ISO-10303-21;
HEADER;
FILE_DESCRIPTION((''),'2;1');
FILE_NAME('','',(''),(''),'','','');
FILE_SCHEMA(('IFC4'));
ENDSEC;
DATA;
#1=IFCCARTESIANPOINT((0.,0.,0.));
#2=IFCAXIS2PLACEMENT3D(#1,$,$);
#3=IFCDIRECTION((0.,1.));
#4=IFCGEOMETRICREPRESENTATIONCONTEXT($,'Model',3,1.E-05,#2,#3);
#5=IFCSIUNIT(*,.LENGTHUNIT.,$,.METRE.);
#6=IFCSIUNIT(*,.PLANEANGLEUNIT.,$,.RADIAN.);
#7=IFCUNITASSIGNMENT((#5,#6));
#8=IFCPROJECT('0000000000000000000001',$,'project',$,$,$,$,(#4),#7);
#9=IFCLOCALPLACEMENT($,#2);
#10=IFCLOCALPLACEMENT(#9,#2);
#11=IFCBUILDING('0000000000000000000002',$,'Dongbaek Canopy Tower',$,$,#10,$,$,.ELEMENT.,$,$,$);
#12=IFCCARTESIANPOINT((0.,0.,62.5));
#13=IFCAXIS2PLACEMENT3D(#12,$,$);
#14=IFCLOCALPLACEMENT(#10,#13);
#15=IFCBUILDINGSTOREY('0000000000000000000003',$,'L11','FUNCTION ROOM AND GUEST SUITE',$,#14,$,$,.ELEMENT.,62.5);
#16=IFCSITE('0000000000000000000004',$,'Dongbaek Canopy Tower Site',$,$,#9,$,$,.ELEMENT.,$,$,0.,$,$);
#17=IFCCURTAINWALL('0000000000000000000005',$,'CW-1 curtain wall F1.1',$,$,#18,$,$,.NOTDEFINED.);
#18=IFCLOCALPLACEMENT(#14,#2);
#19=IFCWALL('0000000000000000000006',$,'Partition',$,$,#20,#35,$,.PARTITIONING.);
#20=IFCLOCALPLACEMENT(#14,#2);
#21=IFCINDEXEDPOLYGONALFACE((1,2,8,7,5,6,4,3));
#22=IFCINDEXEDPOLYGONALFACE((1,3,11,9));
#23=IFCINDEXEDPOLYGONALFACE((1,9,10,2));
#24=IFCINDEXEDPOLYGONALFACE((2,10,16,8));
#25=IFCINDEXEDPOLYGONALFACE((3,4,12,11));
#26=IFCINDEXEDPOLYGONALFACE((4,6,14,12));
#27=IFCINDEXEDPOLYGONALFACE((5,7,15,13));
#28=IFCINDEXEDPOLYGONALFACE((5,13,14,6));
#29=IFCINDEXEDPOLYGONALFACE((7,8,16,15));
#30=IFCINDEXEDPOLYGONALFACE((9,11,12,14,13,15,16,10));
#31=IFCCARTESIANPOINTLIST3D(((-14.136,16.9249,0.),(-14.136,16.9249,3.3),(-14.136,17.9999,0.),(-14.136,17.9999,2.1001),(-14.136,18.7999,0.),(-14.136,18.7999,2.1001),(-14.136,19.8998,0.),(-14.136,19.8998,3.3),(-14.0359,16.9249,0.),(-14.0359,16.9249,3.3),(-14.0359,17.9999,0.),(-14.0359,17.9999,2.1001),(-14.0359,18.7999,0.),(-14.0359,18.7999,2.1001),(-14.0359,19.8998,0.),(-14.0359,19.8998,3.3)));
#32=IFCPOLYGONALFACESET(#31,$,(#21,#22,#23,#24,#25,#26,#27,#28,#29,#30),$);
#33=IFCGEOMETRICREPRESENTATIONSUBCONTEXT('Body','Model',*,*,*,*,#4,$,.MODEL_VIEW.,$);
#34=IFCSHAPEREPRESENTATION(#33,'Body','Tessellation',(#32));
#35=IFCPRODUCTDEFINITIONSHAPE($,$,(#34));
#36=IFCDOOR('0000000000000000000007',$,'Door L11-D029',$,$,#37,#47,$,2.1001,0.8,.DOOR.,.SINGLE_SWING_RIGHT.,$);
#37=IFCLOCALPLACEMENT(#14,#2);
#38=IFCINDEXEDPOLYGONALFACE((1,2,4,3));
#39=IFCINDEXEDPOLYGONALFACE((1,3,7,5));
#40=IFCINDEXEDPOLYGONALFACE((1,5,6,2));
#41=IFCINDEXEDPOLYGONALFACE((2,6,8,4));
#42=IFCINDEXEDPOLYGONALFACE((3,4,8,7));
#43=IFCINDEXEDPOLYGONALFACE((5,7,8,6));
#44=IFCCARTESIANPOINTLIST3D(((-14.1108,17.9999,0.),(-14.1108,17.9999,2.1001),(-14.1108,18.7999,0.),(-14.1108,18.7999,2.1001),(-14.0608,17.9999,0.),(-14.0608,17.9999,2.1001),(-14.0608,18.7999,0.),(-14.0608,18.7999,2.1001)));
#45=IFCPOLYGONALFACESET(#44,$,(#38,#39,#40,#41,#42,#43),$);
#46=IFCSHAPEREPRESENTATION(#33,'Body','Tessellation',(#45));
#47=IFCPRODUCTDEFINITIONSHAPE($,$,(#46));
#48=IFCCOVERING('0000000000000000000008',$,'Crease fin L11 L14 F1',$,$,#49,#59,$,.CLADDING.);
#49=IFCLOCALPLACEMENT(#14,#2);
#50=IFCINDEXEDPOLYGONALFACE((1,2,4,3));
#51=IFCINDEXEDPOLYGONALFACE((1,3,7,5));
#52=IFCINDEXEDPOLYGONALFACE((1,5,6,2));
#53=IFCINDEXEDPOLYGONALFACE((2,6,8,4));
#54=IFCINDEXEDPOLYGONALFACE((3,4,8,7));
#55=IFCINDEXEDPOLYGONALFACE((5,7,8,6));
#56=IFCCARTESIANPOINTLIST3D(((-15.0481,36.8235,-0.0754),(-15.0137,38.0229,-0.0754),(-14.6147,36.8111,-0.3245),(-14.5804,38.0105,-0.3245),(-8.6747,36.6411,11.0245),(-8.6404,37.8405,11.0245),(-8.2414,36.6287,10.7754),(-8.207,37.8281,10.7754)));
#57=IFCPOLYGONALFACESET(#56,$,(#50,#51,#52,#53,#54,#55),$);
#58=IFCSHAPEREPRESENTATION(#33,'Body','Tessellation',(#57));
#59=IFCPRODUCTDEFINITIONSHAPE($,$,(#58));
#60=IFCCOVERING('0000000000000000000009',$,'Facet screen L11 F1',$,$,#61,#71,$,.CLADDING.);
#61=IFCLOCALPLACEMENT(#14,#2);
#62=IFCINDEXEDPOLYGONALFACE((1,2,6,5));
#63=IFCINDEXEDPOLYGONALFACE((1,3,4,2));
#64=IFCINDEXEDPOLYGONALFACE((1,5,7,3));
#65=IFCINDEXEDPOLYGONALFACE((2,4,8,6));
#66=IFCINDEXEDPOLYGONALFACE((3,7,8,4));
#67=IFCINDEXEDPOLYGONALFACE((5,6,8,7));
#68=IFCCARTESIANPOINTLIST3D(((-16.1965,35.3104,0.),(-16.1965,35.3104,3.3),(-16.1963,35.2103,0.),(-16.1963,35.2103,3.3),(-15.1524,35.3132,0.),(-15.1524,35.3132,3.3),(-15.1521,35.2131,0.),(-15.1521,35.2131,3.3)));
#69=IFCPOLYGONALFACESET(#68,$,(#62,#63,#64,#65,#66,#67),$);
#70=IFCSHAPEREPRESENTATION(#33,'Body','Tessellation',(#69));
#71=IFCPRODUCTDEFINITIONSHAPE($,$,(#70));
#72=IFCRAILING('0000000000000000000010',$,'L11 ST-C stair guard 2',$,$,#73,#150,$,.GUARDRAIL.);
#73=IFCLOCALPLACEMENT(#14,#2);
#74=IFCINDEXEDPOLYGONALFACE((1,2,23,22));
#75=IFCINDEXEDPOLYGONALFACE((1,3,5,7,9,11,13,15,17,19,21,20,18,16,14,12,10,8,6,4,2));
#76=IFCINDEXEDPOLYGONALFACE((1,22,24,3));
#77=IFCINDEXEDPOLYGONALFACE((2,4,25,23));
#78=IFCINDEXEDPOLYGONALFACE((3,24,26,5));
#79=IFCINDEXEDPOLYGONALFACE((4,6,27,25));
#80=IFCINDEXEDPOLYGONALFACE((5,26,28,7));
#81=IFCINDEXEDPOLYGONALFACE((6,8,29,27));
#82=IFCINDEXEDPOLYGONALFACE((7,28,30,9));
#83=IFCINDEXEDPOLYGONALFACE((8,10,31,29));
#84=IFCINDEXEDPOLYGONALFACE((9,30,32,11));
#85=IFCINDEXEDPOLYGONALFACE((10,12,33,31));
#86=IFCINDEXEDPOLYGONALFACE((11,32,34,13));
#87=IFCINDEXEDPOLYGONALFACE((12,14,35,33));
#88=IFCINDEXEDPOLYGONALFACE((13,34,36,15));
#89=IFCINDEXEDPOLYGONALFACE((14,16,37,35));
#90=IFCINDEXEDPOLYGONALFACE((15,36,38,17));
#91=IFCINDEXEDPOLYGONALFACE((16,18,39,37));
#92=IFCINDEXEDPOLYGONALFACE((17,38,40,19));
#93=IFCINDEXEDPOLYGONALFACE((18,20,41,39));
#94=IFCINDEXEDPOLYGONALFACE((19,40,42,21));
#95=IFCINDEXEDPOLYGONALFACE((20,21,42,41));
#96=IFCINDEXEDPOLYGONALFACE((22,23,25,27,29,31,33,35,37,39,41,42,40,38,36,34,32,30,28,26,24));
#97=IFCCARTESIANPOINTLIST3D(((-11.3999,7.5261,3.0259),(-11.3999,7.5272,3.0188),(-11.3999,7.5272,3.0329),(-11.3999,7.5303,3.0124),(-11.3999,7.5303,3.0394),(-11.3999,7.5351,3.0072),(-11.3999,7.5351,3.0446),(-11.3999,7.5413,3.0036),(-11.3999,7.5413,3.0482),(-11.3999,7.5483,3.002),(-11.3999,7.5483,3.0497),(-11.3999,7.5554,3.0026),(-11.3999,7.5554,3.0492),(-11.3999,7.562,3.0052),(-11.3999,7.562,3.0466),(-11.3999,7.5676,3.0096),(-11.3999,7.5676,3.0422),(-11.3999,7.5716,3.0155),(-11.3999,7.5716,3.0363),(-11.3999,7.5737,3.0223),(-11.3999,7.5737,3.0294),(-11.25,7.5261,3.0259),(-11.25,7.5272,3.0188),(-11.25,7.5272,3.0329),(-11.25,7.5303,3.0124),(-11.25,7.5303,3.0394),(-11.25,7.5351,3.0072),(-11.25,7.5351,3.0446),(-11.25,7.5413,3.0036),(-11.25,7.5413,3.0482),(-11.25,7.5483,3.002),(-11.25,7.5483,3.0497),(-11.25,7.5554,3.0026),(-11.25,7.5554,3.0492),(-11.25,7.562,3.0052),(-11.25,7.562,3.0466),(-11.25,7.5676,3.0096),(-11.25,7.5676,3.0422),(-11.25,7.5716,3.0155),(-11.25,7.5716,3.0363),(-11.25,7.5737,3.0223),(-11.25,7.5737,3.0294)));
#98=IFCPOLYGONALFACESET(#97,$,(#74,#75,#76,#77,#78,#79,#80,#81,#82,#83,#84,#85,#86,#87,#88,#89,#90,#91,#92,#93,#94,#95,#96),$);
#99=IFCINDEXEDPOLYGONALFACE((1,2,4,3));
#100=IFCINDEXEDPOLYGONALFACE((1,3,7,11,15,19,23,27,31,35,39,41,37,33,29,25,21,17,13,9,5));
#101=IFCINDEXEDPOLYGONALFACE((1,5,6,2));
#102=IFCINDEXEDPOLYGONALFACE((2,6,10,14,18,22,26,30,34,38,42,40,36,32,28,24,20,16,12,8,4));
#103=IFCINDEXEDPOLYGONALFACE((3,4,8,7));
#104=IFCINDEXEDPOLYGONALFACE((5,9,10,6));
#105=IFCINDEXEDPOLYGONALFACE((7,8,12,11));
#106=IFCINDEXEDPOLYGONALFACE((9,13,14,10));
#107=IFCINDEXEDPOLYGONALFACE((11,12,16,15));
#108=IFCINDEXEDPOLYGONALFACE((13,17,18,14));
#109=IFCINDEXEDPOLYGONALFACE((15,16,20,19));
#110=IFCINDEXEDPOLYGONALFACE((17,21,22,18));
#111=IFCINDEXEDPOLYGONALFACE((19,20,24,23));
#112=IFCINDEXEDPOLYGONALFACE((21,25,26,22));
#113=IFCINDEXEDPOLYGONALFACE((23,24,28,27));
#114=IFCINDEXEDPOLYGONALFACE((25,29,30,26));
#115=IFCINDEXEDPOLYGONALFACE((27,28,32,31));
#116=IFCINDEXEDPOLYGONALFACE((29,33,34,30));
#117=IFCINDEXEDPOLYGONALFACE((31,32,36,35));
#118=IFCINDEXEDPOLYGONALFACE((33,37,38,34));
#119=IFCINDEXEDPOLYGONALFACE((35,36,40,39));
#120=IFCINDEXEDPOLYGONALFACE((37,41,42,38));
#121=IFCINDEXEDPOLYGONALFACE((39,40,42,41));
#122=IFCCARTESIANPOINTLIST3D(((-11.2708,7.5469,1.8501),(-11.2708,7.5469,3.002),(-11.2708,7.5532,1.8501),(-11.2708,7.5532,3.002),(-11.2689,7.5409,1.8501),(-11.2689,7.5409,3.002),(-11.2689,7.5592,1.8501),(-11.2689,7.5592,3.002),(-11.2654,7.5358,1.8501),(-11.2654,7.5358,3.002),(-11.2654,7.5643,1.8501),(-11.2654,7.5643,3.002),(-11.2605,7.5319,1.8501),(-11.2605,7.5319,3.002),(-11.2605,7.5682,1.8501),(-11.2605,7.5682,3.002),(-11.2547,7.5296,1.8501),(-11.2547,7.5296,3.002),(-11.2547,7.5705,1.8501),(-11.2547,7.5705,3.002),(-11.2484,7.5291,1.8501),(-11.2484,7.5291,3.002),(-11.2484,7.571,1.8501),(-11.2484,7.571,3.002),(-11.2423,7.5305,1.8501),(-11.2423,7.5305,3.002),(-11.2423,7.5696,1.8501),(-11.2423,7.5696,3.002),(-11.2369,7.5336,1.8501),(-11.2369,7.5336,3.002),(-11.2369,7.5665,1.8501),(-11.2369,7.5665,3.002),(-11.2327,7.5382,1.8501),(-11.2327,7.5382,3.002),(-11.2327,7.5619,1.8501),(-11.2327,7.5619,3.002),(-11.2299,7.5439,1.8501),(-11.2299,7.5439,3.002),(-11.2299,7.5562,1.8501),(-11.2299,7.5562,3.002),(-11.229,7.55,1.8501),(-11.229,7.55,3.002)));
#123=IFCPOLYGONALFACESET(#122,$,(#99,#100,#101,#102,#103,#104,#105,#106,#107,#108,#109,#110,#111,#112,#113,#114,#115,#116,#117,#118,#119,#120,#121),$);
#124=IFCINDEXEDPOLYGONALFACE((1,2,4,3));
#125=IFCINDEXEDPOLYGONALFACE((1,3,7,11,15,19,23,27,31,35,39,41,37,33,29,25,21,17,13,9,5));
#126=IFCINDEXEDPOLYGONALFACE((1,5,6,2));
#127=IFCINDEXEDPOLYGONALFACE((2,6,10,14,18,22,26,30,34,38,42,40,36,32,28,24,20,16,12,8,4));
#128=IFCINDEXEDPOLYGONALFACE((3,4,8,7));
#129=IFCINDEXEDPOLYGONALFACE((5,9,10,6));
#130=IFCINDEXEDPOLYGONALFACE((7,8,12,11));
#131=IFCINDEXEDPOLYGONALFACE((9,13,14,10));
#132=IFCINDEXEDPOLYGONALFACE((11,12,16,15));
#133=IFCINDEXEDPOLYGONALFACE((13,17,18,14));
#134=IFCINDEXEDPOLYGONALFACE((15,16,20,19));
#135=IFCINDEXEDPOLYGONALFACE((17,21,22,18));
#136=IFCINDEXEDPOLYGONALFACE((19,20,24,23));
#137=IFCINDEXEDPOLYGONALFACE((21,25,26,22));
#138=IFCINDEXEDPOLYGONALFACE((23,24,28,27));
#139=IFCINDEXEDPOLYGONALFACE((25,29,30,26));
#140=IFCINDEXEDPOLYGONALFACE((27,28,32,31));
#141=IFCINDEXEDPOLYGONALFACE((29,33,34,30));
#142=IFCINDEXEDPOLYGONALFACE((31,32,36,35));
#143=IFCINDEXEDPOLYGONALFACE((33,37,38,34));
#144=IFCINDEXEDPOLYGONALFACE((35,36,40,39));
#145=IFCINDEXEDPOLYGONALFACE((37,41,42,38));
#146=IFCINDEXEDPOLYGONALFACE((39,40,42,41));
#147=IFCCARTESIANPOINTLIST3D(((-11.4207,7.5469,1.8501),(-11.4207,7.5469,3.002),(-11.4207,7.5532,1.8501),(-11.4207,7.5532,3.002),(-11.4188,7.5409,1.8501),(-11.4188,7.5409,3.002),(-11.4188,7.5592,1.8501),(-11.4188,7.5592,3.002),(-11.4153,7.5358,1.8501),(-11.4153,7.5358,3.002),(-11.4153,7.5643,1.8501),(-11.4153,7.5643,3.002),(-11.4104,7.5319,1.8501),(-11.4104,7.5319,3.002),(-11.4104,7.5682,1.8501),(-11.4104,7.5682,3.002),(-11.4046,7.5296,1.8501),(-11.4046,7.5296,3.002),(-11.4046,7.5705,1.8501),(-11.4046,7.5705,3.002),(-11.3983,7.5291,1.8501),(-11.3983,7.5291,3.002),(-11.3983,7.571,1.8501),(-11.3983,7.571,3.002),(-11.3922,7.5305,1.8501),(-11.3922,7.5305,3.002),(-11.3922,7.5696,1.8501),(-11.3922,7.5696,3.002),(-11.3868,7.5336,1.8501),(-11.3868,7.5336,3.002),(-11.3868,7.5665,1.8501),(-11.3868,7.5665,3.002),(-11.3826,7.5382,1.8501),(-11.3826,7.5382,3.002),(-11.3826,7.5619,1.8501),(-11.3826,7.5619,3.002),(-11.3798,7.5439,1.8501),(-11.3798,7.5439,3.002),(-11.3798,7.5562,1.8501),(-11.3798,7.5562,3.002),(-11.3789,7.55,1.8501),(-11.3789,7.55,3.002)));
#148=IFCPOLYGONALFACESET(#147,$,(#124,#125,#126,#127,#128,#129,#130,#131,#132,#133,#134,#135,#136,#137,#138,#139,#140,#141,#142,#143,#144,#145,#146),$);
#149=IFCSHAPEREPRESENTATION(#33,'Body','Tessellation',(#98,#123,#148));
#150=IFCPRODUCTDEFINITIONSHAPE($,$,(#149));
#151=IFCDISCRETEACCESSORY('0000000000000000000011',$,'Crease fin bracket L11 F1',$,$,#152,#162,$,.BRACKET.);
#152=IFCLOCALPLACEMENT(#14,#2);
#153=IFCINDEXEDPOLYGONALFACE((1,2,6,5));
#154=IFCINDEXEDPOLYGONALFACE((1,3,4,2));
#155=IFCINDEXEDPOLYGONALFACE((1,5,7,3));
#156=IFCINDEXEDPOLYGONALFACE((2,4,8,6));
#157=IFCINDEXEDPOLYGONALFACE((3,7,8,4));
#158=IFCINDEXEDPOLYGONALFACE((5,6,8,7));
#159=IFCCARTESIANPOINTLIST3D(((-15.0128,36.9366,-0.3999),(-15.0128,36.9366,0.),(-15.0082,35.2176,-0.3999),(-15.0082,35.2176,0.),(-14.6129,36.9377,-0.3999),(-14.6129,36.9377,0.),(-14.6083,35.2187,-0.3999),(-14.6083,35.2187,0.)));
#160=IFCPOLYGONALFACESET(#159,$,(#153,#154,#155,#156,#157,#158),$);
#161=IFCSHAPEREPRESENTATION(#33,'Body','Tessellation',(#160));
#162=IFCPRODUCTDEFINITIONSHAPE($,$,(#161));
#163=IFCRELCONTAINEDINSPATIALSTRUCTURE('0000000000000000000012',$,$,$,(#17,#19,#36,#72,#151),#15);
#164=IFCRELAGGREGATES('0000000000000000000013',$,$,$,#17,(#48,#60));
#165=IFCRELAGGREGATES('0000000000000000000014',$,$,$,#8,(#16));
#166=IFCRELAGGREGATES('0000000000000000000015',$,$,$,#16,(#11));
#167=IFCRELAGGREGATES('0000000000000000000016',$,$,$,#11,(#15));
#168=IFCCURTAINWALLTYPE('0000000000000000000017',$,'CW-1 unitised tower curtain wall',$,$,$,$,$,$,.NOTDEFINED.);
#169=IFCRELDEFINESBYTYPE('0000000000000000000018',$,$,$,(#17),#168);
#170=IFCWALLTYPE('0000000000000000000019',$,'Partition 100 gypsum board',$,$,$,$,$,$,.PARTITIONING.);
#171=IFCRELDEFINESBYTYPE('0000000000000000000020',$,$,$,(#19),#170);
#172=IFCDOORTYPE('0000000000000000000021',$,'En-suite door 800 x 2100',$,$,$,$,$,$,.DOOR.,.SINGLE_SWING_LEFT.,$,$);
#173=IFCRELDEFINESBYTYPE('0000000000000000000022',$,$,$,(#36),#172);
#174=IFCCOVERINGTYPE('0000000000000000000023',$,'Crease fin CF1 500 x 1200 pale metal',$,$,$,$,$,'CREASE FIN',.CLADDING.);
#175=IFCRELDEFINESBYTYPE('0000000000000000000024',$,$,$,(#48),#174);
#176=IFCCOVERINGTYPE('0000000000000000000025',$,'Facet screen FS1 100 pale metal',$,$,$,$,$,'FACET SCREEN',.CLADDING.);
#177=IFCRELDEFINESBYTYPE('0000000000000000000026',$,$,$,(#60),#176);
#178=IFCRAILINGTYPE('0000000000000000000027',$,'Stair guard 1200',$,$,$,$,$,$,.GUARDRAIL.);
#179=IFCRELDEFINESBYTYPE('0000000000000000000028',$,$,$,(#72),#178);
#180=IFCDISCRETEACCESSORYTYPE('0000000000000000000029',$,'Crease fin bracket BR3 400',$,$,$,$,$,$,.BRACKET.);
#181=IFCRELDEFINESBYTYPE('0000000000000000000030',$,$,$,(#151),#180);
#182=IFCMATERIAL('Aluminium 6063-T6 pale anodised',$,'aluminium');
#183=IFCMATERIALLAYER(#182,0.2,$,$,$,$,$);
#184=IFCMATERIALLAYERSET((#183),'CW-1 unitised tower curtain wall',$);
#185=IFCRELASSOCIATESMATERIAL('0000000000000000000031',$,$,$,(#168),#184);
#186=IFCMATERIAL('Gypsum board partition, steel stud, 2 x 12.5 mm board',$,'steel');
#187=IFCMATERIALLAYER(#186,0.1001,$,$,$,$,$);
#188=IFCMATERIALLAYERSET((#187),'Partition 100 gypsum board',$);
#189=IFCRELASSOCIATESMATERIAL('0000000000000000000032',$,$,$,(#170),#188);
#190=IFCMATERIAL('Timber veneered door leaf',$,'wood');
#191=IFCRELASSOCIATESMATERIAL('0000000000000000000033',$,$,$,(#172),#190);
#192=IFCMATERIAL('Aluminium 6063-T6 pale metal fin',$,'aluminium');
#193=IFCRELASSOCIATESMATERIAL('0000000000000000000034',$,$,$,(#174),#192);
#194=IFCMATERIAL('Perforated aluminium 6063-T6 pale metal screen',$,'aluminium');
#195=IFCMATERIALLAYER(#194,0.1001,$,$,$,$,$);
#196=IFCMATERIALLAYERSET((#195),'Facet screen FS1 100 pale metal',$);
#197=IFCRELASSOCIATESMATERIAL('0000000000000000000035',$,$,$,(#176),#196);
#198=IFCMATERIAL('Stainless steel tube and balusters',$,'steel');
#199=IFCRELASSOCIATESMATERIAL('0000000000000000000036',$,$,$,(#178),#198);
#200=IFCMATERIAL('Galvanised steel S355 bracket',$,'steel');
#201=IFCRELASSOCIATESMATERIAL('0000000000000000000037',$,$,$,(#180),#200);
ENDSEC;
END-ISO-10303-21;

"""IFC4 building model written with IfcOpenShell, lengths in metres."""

from ifc_helpers import new_model, si_unit, direction, frame, frame_2d, origin, origin_2d, place, context, subcontext, project, spatial, rectangle, circle, extrude, material, layer, layer_set, material_profile, profile_set, type_object, element, fill, aggregate, save


model = new_model("IFC4")

# Units and contexts
model_context = context("Model", 3, precision=1e-05, world=origin(), true_north=direction((0.0, 1.0)))
body_context = subcontext(model_context, "Body", "Model", "MODEL_VIEW")
ifc_project = project(units=[si_unit("LENGTHUNIT", "METRE"), si_unit("PLANEANGLEUNIT", "RADIAN")], contexts=[model_context])

# Site, building, storey
site_placement = place(None, origin())
site = spatial("IfcSite", under=ifc_project, at=site_placement, Name="Dongbaek Canopy Tower Site", CompositionType="ELEMENT", RefElevation=0.0)
building_placement = place(site_placement, origin())
building = spatial("IfcBuilding", under=site, at=building_placement, Name="Dongbaek Canopy Tower", CompositionType="ELEMENT")
storey_placement = place(building_placement, frame((0.0, 0.0, 62.5)))
storey = spatial("IfcBuildingStorey", under=building, at=storey_placement, Name="L11", Description="FUNCTION ROOM AND GUEST SUITE", CompositionType="ELEMENT", Elevation=62.5)

# Curtain wall
ifc_material_1 = material(Name="Aluminium 6063-T6 pale anodised", Category="aluminium")
ifc_layer_1 = layer(ifc_material_1, 0.2)
ifc_layer_set_1 = layer_set([ifc_layer_1], Name="CW-1 unitised tower curtain wall")
curtain_wall_type = type_object("IfcCurtainWallType", Name="CW-1 unitised tower curtain wall", PredefinedType="NOTDEFINED", material=ifc_layer_set_1)
curtain_wall_placement = place(storey_placement, origin())
curtain_wall = element("IfcCurtainWall", 1, at=curtain_wall_placement, inside=storey, type_object=curtain_wall_type, Name="CW-1 curtain wall F1.1", PredefinedType="NOTDEFINED")

# Shared definitions
ifc_material_2 = material(Name="Gypsum board partition, steel stud, 2 x 12.5 mm board", Category="steel")
ifc_layer_2 = layer(ifc_material_2, 0.1001)
ifc_layer_set_2 = layer_set([ifc_layer_2], Name="Partition 100 gypsum board")
wall_type_1 = type_object("IfcWallType", Name="Partition 100 gypsum board", PredefinedType="PARTITIONING", material=ifc_layer_set_2)

# Wall, opening, door
wall_1_placement = place(storey_placement, frame((-14.0859, 16.925, 0.0), z_axis=(0.0, 0.0, 1.0), x_axis=(0.0, 1.0, 0.0)))
wall_1 = element("IfcWall", 2, at=wall_1_placement, inside=storey, type_object=wall_type_1, Name="Partition", PredefinedType="PARTITIONING", context=body_context, shape_type="SweptSolid", body=[
    extrude(rectangle(XDim=2.9749, YDim=0.1001, at=frame_2d((1.4873, 0.0))), origin(), (0.0, 0.0, 1.0), 3.3),
])
opening_1_placement = place(wall_1_placement, frame((1.075, 0.0, 0.0)))
opening_1 = element("IfcOpeningElement", 3, at=opening_1_placement, cuts=wall_1, PredefinedType="OPENING", context=body_context, shape_type="SweptSolid", body=[
    extrude(rectangle(XDim=0.8, YDim=2.1001, at=frame_2d((0.3999, 1.05))), frame((0.0, 0.0601, 0.0), z_axis=(0.0, -1.0, 0.0), x_axis=(1.0, 0.0, 0.0)), (0.0, 0.0, 1.0), 0.1201),
])
ifc_material_3 = material(Name="Timber veneered door leaf", Category="wood")
door_type_1 = type_object("IfcDoorType", Name="En-suite door 800 x 2100", OperationType="SINGLE_SWING_LEFT", PredefinedType="DOOR", material=ifc_material_3)
door_1_placement = place(opening_1_placement, origin())
door_1 = element("IfcDoor", 4, at=door_1_placement, inside=storey, type_object=door_type_1, Name="Door L11-D029", OperationType="SINGLE_SWING_RIGHT", OverallHeight=2.1001, OverallWidth=0.8, PredefinedType="DOOR", context=body_context, shape_type="SweptSolid", body=[
    extrude(rectangle(XDim=0.8, YDim=2.1001, at=frame_2d((0.3999, 1.05))), frame((0.0, 0.0249, 0.0), z_axis=(0.0, -1.0, 0.0), x_axis=(1.0, 0.0, 0.0)), (0.0, 0.0, 1.0), 0.05),
])
fill(opening_1, door_1)

# Coverings
ifc_material_4 = material(Name="Aluminium 6063-T6 pale metal fin", Category="aluminium")
ifc_material_profile_1 = material_profile(ifc_material_4, rectangle(XDim=1.2, YDim=0.5, at=origin_2d()), Name="Crease fin CF1 500 x 1200 pale metal")
ifc_profile_set_1 = profile_set([ifc_material_profile_1], Name="Aluminium 6063-T6 pale metal fin")
covering_type_1 = type_object("IfcCoveringType", Name="Crease fin CF1 500 x 1200 pale metal", ElementType="CREASE FIN", PredefinedType="CLADDING", material=ifc_profile_set_1)
covering_1_placement = place(storey_placement, frame((-14.8142, 37.417, -0.2), z_axis=(0.497885, -0.014247, 0.867126), x_axis=(0.028603, 0.999591, 0.0)))
covering_1 = element("IfcCovering", 5, at=covering_1_placement, type_object=covering_type_1, Name="Crease fin L11 L14 F1", PredefinedType="CLADDING", context=body_context, shape_type="SweptSolid", body=[
    extrude(rectangle(XDim=1.2, YDim=0.5, at=origin_2d()), origin(), (0.0, 0.0, 1.0), 12.8008),
])
ifc_material_5 = material(Name="Perforated aluminium 6063-T6 pale metal screen", Category="aluminium")
ifc_layer_3 = layer(ifc_material_5, 0.1001)
ifc_layer_set_3 = layer_set([ifc_layer_3], Name="Facet screen FS1 100 pale metal")
covering_type_2 = type_object("IfcCoveringType", Name="Facet screen FS1 100 pale metal", ElementType="FACET SCREEN", PredefinedType="CLADDING", material=ifc_layer_set_3)
covering_2_placement = place(storey_placement, frame((-15.6743, 35.2617, 0.0), z_axis=(0.0, 0.0, 1.0), x_axis=(-0.999996, -0.002665, 0.0)))
covering_2 = element("IfcCovering", 6, at=covering_2_placement, type_object=covering_type_2, Name="Facet screen L11 F1", PredefinedType="CLADDING", context=body_context, shape_type="SweptSolid", body=[
    extrude(rectangle(XDim=1.0442, YDim=0.1001, at=origin_2d()), origin(), (0.0, 0.0, 1.0), 3.3),
])
aggregate(curtain_wall, [covering_1, covering_2])

# Railing
ifc_material_6 = material(Name="Stainless steel tube and balusters", Category="steel")
railing_type = type_object("IfcRailingType", Name="Stair guard 1200", PredefinedType="GUARDRAIL", material=ifc_material_6)
railing_placement = place(storey_placement, frame((-11.25, 7.55, 1.8501)))
element("IfcRailing", 7, at=railing_placement, inside=storey, type_object=railing_type, Name="L11 ST-C stair guard 2", PredefinedType="GUARDRAIL", context=body_context, shape_type="SweptSolid", body=[
    extrude(circle(Radius=0.0239, at=origin_2d()), frame((0.0, 0.0, 1.1758), z_axis=(-1.0, 0.0, 0.0), x_axis=(0.0, -1.0, 0.0)), (0.0, 0.0, 1.0), 0.1499),
    extrude(circle(Radius=0.021, at=origin_2d()), origin(), (0.0, 0.0, 1.0), 1.1519),
    extrude(circle(Radius=0.021, at=origin_2d()), frame((-0.1499, 0.0, 0.0)), (0.0, 0.0, 1.0), 1.1519),
])

# Discrete accessory
ifc_material_7 = material(Name="Galvanised steel S355 bracket", Category="steel")
discrete_accessory_type = type_object("IfcDiscreteAccessoryType", Name="Crease fin bracket BR3 400", PredefinedType="BRACKET", material=ifc_material_7)
discrete_accessory_placement = place(storey_placement, frame((-14.8105, 36.0776, -0.3999), z_axis=(0.0, 0.0, 1.0), x_axis=(-0.002665, 0.999996, 0.0)))
element("IfcDiscreteAccessory", 8, at=discrete_accessory_placement, inside=storey, type_object=discrete_accessory_type, Name="Crease fin bracket L11 F1", PredefinedType="BRACKET", context=body_context, shape_type="SweptSolid", body=[
    extrude(rectangle(XDim=1.719, YDim=0.3999, at=origin_2d()), origin(), (0.0, 0.0, 1.0), 0.3999),
])

save(model, "model.ifc")
